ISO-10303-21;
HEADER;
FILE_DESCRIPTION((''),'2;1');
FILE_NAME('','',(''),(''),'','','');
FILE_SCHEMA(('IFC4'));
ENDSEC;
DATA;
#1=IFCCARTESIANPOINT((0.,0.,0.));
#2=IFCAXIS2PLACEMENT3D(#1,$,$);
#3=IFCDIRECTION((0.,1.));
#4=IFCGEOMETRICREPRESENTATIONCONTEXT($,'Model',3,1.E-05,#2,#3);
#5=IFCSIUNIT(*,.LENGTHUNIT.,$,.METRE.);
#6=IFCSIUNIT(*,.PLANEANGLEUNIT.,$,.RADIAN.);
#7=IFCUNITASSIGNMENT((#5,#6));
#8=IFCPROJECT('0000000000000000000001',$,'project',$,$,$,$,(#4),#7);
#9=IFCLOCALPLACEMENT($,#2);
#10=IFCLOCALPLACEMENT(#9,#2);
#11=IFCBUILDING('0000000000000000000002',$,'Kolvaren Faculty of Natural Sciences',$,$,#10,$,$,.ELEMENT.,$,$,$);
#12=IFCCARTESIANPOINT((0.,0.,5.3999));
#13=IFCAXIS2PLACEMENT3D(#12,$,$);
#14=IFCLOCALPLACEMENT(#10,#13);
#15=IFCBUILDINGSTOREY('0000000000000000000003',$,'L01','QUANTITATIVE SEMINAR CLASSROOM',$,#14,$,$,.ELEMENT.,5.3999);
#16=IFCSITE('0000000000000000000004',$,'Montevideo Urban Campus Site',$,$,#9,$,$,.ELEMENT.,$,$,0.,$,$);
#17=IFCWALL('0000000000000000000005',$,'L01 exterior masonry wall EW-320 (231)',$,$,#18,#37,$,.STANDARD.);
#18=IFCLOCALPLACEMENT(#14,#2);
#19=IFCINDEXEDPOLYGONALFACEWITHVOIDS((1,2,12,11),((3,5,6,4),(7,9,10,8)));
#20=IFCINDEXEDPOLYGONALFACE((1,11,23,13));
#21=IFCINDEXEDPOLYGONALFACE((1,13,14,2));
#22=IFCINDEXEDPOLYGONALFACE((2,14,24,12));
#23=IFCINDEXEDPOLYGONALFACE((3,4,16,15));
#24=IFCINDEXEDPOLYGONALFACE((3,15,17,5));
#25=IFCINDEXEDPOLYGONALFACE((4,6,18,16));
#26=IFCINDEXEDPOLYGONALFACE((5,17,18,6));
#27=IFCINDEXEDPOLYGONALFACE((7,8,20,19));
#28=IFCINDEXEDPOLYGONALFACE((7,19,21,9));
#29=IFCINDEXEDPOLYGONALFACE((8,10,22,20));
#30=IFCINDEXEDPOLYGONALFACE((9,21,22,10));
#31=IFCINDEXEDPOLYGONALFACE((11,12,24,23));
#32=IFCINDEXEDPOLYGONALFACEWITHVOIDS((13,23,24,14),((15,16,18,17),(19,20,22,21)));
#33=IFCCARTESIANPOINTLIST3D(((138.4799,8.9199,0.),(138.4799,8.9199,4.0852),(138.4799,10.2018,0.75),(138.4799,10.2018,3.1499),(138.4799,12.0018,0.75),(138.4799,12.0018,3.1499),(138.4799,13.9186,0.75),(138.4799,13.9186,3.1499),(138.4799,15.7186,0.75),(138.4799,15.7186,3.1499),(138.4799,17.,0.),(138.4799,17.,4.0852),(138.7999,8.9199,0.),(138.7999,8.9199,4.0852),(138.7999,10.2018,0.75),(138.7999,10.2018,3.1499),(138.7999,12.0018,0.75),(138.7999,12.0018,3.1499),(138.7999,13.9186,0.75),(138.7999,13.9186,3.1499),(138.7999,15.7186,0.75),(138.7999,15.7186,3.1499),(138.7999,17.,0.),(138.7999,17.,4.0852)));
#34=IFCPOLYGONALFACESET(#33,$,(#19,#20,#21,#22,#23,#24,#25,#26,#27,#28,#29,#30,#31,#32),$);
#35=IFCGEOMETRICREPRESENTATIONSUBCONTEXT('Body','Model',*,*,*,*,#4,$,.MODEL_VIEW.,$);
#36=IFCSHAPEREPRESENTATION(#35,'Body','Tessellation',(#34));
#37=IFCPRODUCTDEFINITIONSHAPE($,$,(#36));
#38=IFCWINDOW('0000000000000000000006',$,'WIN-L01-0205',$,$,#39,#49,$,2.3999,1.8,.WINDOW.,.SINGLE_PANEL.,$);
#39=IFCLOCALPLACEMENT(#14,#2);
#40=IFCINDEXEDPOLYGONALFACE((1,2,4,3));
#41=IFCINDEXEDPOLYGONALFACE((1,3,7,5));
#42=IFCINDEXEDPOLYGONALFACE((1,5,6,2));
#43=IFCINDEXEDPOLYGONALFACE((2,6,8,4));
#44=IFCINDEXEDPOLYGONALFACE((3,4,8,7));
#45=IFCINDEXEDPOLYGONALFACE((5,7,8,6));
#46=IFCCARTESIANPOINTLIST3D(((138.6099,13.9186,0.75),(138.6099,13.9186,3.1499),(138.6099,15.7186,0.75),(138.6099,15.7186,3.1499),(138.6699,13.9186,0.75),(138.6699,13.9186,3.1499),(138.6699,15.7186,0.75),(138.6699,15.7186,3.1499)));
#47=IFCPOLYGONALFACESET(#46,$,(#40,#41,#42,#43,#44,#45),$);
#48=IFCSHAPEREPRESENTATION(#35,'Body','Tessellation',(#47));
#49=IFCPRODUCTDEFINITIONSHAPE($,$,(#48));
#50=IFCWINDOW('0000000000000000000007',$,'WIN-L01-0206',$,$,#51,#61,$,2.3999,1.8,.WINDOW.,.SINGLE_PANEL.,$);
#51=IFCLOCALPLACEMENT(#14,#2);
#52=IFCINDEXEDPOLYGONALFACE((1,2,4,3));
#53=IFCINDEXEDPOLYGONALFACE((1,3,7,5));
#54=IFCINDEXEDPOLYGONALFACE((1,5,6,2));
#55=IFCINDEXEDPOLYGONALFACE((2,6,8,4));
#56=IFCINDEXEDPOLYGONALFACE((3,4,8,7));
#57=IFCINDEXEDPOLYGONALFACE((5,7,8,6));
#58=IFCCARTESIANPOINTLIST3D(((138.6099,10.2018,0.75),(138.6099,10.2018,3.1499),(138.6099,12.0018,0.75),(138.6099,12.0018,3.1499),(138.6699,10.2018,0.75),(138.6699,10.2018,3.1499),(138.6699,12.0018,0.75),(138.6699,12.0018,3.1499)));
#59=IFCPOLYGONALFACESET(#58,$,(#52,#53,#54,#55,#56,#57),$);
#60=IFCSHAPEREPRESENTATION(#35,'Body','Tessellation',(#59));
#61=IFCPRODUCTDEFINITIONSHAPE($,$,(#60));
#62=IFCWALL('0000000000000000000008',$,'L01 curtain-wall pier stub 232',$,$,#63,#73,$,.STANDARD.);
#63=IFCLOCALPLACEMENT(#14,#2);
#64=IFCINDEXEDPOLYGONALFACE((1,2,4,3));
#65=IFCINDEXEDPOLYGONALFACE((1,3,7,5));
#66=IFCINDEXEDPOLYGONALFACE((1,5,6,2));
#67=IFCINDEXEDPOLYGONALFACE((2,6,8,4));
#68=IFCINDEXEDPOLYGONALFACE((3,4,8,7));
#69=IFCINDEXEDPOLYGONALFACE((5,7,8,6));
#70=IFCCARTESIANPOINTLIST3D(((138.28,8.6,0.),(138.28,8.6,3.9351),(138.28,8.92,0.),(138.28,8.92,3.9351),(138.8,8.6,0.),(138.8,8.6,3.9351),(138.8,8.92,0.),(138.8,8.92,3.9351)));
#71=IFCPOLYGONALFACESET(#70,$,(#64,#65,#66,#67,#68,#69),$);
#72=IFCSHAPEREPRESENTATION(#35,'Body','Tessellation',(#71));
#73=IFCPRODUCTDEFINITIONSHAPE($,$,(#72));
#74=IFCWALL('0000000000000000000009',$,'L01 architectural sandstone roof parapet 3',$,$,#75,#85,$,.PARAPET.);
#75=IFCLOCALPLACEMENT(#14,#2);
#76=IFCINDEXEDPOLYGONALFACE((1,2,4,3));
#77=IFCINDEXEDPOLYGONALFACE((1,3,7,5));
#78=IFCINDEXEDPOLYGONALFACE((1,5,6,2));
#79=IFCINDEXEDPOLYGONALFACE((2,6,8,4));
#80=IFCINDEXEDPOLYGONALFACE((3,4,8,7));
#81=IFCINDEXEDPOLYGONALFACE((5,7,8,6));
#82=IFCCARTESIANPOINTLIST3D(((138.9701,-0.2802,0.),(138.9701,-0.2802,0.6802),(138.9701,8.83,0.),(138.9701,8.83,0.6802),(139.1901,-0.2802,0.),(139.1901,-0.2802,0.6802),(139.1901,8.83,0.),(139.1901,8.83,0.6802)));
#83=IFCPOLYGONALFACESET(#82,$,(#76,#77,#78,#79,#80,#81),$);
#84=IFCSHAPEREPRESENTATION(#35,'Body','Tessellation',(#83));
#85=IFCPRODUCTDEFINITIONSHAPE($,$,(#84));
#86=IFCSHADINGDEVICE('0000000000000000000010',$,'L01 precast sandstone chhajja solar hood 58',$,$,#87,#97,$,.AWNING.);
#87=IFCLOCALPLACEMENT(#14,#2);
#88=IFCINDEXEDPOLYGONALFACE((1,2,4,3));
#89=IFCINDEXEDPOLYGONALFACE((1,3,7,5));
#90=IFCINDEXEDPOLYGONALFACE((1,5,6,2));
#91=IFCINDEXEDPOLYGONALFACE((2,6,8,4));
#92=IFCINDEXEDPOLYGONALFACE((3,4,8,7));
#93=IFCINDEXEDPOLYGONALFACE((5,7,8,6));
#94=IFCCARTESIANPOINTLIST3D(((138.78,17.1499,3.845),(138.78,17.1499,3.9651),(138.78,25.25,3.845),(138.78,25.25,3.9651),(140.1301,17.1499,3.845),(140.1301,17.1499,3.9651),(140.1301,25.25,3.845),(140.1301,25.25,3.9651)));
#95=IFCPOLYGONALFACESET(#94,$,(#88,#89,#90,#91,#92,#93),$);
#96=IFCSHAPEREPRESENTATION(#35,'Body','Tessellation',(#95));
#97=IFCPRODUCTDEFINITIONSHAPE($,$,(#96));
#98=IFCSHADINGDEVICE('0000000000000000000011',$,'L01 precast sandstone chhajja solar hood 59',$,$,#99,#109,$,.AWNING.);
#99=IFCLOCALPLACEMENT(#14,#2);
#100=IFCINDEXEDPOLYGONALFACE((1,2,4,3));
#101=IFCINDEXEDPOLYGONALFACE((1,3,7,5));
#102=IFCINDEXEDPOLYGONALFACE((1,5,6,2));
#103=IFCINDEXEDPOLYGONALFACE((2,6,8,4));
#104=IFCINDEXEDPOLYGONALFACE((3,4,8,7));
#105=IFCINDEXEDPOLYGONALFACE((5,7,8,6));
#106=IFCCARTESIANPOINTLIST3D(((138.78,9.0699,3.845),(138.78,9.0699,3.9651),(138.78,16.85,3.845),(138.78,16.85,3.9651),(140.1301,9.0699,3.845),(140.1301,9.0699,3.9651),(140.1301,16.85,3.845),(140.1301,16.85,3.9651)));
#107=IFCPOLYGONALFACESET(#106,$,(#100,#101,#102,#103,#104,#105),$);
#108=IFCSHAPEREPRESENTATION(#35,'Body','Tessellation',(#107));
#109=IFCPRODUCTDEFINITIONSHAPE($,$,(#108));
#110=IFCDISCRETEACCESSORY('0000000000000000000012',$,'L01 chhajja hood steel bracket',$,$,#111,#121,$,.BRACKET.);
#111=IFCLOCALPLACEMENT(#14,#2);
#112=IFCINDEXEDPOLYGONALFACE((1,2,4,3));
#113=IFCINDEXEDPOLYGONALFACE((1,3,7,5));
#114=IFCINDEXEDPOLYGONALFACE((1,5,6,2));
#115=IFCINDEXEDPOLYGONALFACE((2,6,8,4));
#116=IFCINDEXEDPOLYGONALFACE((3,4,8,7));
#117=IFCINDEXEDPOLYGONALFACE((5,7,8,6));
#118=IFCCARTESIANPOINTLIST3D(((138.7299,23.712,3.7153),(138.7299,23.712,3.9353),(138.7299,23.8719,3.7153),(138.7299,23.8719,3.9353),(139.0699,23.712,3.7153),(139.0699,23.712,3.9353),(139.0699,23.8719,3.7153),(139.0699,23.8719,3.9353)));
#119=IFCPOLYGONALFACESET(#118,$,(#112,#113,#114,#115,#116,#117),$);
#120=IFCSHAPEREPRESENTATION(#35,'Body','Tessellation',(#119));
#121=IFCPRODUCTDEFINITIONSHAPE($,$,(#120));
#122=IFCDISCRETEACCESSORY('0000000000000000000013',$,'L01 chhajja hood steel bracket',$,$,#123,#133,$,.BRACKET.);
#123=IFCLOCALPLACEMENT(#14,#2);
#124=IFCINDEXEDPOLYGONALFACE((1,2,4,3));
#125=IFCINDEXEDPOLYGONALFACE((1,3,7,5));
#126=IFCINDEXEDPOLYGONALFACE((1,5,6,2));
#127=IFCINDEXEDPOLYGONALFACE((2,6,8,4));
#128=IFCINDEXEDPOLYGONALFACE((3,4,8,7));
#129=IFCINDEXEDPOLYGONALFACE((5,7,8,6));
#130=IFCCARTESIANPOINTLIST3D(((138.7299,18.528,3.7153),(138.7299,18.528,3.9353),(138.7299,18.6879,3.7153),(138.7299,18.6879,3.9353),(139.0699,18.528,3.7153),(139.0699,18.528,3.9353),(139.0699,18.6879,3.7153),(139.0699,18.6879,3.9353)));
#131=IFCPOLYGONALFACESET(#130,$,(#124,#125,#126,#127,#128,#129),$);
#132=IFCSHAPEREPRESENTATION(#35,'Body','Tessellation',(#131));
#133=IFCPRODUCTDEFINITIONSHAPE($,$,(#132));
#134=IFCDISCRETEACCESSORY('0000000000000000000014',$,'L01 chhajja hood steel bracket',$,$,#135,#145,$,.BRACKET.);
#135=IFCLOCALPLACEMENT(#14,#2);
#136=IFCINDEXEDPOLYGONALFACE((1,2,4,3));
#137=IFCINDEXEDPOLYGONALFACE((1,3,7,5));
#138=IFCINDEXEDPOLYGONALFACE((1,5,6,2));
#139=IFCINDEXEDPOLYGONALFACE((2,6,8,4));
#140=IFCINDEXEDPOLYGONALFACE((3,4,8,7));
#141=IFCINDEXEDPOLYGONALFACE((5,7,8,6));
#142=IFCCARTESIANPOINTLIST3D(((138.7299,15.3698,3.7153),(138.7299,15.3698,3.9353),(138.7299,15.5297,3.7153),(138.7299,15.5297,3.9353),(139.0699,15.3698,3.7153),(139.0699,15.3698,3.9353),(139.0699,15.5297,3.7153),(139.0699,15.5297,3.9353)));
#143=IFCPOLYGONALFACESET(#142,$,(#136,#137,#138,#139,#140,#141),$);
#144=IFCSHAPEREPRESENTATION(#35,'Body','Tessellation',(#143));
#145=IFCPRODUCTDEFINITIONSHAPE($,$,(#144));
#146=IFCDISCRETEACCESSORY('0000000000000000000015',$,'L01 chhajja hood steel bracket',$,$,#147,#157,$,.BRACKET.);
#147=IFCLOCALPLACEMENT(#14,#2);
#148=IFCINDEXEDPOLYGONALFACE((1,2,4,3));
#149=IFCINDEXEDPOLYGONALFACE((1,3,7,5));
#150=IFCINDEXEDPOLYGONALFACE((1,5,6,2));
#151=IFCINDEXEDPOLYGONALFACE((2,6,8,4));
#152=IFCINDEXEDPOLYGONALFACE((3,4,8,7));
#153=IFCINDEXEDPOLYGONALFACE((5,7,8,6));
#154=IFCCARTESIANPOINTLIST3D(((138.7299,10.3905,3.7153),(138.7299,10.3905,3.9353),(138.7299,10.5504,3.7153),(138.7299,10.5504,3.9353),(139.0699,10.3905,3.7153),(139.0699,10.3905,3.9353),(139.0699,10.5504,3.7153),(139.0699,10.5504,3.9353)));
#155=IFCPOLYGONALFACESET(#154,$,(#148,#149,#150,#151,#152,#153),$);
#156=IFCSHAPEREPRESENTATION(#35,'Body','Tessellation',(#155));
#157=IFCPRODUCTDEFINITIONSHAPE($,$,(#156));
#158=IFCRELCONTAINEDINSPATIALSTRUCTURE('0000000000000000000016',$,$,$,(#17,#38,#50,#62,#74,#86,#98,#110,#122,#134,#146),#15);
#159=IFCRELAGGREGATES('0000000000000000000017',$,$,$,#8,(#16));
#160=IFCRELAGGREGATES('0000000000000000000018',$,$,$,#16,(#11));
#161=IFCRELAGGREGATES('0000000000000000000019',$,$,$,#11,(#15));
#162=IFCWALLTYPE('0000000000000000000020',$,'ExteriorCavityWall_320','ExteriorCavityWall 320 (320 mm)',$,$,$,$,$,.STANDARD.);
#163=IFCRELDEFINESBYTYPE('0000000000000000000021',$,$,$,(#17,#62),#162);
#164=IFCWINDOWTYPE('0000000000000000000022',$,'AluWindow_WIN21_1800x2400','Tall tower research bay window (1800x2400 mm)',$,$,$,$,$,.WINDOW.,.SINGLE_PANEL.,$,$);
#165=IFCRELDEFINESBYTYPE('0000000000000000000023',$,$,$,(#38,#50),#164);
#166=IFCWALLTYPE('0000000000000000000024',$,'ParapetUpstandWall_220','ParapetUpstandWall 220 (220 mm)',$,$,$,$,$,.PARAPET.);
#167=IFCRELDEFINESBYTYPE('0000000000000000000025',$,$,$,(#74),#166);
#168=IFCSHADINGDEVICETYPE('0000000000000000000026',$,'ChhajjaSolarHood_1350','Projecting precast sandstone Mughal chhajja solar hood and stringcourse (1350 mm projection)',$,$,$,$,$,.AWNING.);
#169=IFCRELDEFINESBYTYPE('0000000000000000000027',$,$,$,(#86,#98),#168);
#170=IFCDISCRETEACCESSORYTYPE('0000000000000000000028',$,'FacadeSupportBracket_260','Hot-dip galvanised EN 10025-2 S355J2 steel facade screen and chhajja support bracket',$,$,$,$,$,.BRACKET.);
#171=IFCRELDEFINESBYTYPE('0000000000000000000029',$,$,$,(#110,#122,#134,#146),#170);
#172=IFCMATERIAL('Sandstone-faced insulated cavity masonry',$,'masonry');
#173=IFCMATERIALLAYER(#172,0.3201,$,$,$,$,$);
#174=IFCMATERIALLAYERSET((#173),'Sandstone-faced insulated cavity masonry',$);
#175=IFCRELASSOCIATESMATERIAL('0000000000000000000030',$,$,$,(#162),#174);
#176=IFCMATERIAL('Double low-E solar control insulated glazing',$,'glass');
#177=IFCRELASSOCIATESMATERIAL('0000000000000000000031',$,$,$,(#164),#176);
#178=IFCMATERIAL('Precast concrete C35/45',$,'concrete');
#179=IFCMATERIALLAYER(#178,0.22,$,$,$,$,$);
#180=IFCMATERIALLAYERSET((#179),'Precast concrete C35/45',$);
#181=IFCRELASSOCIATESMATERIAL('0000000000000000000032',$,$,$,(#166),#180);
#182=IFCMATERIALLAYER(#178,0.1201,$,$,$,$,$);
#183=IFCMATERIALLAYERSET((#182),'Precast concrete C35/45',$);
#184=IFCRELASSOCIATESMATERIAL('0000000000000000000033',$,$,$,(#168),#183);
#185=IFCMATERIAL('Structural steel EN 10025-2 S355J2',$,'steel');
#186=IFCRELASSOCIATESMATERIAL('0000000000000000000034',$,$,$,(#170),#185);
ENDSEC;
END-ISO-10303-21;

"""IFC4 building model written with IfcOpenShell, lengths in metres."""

from ifc_helpers import new_model, si_unit, direction, frame, frame_2d, origin, origin_2d, place, context, subcontext, project, spatial, rectangle, extrude, material, layer, layer_set, type_object, element, fill, save


model = new_model("IFC4")

# Units and contexts
model_context = context("Model", 3, precision=1e-05, world=origin(), true_north=direction((0.0, 1.0)))
body_context = subcontext(model_context, "Body", "Model", "MODEL_VIEW")
ifc_project = project(units=[si_unit("LENGTHUNIT", "METRE"), si_unit("PLANEANGLEUNIT", "RADIAN")], contexts=[model_context])

# Site, building, storey
site_placement = place(None, origin())
site = spatial("IfcSite", under=ifc_project, at=site_placement, Name="Montevideo Urban Campus Site", CompositionType="ELEMENT", RefElevation=0.0)
building_placement = place(site_placement, origin())
building = spatial("IfcBuilding", under=site, at=building_placement, Name="Kolvaren Faculty of Natural Sciences", CompositionType="ELEMENT")
storey_placement = place(building_placement, frame((0.0, 0.0, 5.3999)))
storey = spatial("IfcBuildingStorey", under=building, at=storey_placement, Name="L01", Description="QUANTITATIVE SEMINAR CLASSROOM", CompositionType="ELEMENT", Elevation=5.3999)

# Wall, openings, windows
ifc_material_1 = material(Name="Sandstone-faced insulated cavity masonry", Category="masonry")
ifc_layer_1 = layer(ifc_material_1, 0.3201)
ifc_layer_set_1 = layer_set([ifc_layer_1], Name="Sandstone-faced insulated cavity masonry")
wall_type_1 = type_object("IfcWallType", Name="ExteriorCavityWall_320", Description="ExteriorCavityWall 320 (320 mm)", PredefinedType="STANDARD", material=ifc_layer_set_1)
ifc_material_2 = material(Name="Double low-E solar control insulated glazing", Category="glass")
wall_1_placement = place(storey_placement, frame((138.6399, 17.0, 0.0), z_axis=(0.0, 0.0, 1.0), x_axis=(0.0, -1.0, 0.0)))
wall_1 = element("IfcWall", 1, at=wall_1_placement, inside=storey, type_object=wall_type_1, Name="L01 exterior masonry wall EW-320 (231)", PredefinedType="STANDARD", context=body_context, shape_type="SweptSolid", body=[
    extrude(rectangle(XDim=8.0801, YDim=0.3201, at=frame_2d((4.04, 0.0))), origin(), (0.0, 0.0, 1.0), 4.0852),
])
opening_1_placement = place(wall_1_placement, frame((1.2815, 0.0, 0.75)))
opening_1 = element("IfcOpeningElement", 2, at=opening_1_placement, cuts=wall_1, PredefinedType="OPENING", context=body_context, shape_type="SweptSolid", body=[
    extrude(rectangle(XDim=1.8, YDim=2.3999, at=frame_2d((0.8999, 1.2))), frame((0.0, 0.1699, 0.0), z_axis=(0.0, -1.0, 0.0), x_axis=(1.0, 0.0, 0.0)), (0.0, 0.0, 1.0), 0.3401),
])
opening_2_placement = place(wall_1_placement, frame((4.9983, 0.0, 0.75)))
opening_2 = element("IfcOpeningElement", 3, at=opening_2_placement, cuts=wall_1, PredefinedType="OPENING", context=body_context, shape_type="SweptSolid", body=[
    extrude(rectangle(XDim=1.8, YDim=2.3999, at=frame_2d((0.8999, 1.2))), frame((0.0, 0.1699, 0.0), z_axis=(0.0, -1.0, 0.0), x_axis=(1.0, 0.0, 0.0)), (0.0, 0.0, 1.0), 0.3401),
])
window_type_1 = type_object("IfcWindowType", Name="AluWindow_WIN21_1800x2400", Description="Tall tower research bay window (1800x2400 mm)", PartitioningType="SINGLE_PANEL", PredefinedType="WINDOW", material=ifc_material_2)
window_1_placement = place(opening_1_placement, origin())
window_1 = element("IfcWindow", 4, at=window_1_placement, inside=storey, type_object=window_type_1, Name="WIN-L01-0205", OverallHeight=2.3999, OverallWidth=1.8, PartitioningType="SINGLE_PANEL", PredefinedType="WINDOW", context=body_context, shape_type="SweptSolid", body=[
    extrude(rectangle(XDim=1.8, YDim=2.3999, at=frame_2d((0.8999, 1.2))), frame((0.0, 0.03, 0.0), z_axis=(0.0, -1.0, 0.0), x_axis=(1.0, 0.0, 0.0)), (0.0, 0.0, 1.0), 0.0601),
])
fill(opening_1, window_1)
window_2_placement = place(opening_2_placement, origin())
window_2 = element("IfcWindow", 5, at=window_2_placement, inside=storey, type_object=window_type_1, Name="WIN-L01-0206", OverallHeight=2.3999, OverallWidth=1.8, PartitioningType="SINGLE_PANEL", PredefinedType="WINDOW", context=body_context, shape_type="SweptSolid", body=[
    extrude(rectangle(XDim=1.8, YDim=2.3999, at=frame_2d((0.8999, 1.2))), frame((0.0, 0.03, 0.0), z_axis=(0.0, -1.0, 0.0), x_axis=(1.0, 0.0, 0.0)), (0.0, 0.0, 1.0), 0.0601),
])
fill(opening_2, window_2)

# Walls
wall_2_placement = place(storey_placement, frame((138.8, 8.76, 0.0), z_axis=(0.0, 0.0, 1.0), x_axis=(-1.0, 0.0, 0.0)))
element("IfcWall", 6, at=wall_2_placement, inside=storey, type_object=wall_type_1, Name="L01 curtain-wall pier stub 232", PredefinedType="STANDARD", context=body_context, shape_type="SweptSolid", body=[
    extrude(rectangle(XDim=0.52, YDim=0.3201, at=frame_2d((0.26, 0.0))), origin(), (0.0, 0.0, 1.0), 3.9351),
])
ifc_material_3 = material(Name="Precast concrete C35/45", Category="concrete")
ifc_layer_2 = layer(ifc_material_3, 0.22)
ifc_layer_set_2 = layer_set([ifc_layer_2], Name="Precast concrete C35/45")
wall_type_2 = type_object("IfcWallType", Name="ParapetUpstandWall_220", Description="ParapetUpstandWall 220 (220 mm)", PredefinedType="PARAPET", material=ifc_layer_set_2)
wall_3_placement = place(storey_placement, frame((139.0801, 8.8301, 0.0), z_axis=(0.0, 0.0, 1.0), x_axis=(0.0, -1.0, 0.0)))
element("IfcWall", 7, at=wall_3_placement, inside=storey, type_object=wall_type_2, Name="L01 architectural sandstone roof parapet 3", PredefinedType="PARAPET", context=body_context, shape_type="SweptSolid", body=[
    extrude(rectangle(XDim=9.1101, YDim=0.22, at=frame_2d((4.5552, 0.0))), origin(), (0.0, 0.0, 1.0), 0.6802),
])

# Shading devices
ifc_layer_3 = layer(ifc_material_3, 0.1201)
ifc_layer_set_3 = layer_set([ifc_layer_3], Name="Precast concrete C35/45")
shading_device_type = type_object("IfcShadingDeviceType", Name="ChhajjaSolarHood_1350", Description="Projecting precast sandstone Mughal chhajja solar hood and stringcourse (1350 mm projection)", PredefinedType="AWNING", material=ifc_layer_set_3)
shading_device_1_placement = place(storey_placement, frame((139.4551, 21.2, 3.845), z_axis=(0.0, 0.0, 1.0), x_axis=(0.0, -1.0, 0.0)))
element("IfcShadingDevice", 8, at=shading_device_1_placement, inside=storey, type_object=shading_device_type, Name="L01 precast sandstone chhajja solar hood 58", PredefinedType="AWNING", context=body_context, shape_type="SweptSolid", body=[
    extrude(rectangle(XDim=8.1001, YDim=1.3501, at=origin_2d()), origin(), (0.0, 0.0, 1.0), 0.1201),
])
shading_device_2_placement = place(storey_placement, frame((139.4551, 12.96, 3.845), z_axis=(0.0, 0.0, 1.0), x_axis=(0.0, -1.0, 0.0)))
element("IfcShadingDevice", 9, at=shading_device_2_placement, inside=storey, type_object=shading_device_type, Name="L01 precast sandstone chhajja solar hood 59", PredefinedType="AWNING", context=body_context, shape_type="SweptSolid", body=[
    extrude(rectangle(XDim=7.78, YDim=1.3501, at=origin_2d()), origin(), (0.0, 0.0, 1.0), 0.1201),
])

# Discrete accessories
ifc_material_4 = material(Name="Structural steel EN 10025-2 S355J2", Category="steel")
discrete_accessory_type = type_object("IfcDiscreteAccessoryType", Name="FacadeSupportBracket_260", Description="Hot-dip galvanised EN 10025-2 S355J2 steel facade screen and chhajja support bracket", PredefinedType="BRACKET", material=ifc_material_4)
for number, where, z_axis, x_axis, name in (
    (10, (138.8999, 23.792, 3.7153), (0.0, 0.0, 1.0), (0.0, -1.0, 0.0), "L01 chhajja hood steel bracket"),
    (11, (138.8999, 18.6079, 3.7153), (0.0, 0.0, 1.0), (0.0, -1.0, 0.0), "L01 chhajja hood steel bracket"),
    (12, (138.8999, 15.4497, 3.7153), (0.0, 0.0, 1.0), (0.0, -1.0, 0.0), "L01 chhajja hood steel bracket"),
    (13, (138.8999, 10.4705, 3.7153), (0.0, 0.0, 1.0), (0.0, -1.0, 0.0), "L01 chhajja hood steel bracket"),
):
    element("IfcDiscreteAccessory", number, at=place(storey_placement, frame(where, z_axis=z_axis, x_axis=x_axis)), inside=storey, type_object=discrete_accessory_type, Name=name, PredefinedType="BRACKET", context=body_context, shape_type="SweptSolid", body=[
        extrude(rectangle(XDim=0.1599, YDim=0.3401, at=origin_2d()), origin(), (0.0, 0.0, 1.0), 0.22),
    ])

save(model, "model.ifc")
